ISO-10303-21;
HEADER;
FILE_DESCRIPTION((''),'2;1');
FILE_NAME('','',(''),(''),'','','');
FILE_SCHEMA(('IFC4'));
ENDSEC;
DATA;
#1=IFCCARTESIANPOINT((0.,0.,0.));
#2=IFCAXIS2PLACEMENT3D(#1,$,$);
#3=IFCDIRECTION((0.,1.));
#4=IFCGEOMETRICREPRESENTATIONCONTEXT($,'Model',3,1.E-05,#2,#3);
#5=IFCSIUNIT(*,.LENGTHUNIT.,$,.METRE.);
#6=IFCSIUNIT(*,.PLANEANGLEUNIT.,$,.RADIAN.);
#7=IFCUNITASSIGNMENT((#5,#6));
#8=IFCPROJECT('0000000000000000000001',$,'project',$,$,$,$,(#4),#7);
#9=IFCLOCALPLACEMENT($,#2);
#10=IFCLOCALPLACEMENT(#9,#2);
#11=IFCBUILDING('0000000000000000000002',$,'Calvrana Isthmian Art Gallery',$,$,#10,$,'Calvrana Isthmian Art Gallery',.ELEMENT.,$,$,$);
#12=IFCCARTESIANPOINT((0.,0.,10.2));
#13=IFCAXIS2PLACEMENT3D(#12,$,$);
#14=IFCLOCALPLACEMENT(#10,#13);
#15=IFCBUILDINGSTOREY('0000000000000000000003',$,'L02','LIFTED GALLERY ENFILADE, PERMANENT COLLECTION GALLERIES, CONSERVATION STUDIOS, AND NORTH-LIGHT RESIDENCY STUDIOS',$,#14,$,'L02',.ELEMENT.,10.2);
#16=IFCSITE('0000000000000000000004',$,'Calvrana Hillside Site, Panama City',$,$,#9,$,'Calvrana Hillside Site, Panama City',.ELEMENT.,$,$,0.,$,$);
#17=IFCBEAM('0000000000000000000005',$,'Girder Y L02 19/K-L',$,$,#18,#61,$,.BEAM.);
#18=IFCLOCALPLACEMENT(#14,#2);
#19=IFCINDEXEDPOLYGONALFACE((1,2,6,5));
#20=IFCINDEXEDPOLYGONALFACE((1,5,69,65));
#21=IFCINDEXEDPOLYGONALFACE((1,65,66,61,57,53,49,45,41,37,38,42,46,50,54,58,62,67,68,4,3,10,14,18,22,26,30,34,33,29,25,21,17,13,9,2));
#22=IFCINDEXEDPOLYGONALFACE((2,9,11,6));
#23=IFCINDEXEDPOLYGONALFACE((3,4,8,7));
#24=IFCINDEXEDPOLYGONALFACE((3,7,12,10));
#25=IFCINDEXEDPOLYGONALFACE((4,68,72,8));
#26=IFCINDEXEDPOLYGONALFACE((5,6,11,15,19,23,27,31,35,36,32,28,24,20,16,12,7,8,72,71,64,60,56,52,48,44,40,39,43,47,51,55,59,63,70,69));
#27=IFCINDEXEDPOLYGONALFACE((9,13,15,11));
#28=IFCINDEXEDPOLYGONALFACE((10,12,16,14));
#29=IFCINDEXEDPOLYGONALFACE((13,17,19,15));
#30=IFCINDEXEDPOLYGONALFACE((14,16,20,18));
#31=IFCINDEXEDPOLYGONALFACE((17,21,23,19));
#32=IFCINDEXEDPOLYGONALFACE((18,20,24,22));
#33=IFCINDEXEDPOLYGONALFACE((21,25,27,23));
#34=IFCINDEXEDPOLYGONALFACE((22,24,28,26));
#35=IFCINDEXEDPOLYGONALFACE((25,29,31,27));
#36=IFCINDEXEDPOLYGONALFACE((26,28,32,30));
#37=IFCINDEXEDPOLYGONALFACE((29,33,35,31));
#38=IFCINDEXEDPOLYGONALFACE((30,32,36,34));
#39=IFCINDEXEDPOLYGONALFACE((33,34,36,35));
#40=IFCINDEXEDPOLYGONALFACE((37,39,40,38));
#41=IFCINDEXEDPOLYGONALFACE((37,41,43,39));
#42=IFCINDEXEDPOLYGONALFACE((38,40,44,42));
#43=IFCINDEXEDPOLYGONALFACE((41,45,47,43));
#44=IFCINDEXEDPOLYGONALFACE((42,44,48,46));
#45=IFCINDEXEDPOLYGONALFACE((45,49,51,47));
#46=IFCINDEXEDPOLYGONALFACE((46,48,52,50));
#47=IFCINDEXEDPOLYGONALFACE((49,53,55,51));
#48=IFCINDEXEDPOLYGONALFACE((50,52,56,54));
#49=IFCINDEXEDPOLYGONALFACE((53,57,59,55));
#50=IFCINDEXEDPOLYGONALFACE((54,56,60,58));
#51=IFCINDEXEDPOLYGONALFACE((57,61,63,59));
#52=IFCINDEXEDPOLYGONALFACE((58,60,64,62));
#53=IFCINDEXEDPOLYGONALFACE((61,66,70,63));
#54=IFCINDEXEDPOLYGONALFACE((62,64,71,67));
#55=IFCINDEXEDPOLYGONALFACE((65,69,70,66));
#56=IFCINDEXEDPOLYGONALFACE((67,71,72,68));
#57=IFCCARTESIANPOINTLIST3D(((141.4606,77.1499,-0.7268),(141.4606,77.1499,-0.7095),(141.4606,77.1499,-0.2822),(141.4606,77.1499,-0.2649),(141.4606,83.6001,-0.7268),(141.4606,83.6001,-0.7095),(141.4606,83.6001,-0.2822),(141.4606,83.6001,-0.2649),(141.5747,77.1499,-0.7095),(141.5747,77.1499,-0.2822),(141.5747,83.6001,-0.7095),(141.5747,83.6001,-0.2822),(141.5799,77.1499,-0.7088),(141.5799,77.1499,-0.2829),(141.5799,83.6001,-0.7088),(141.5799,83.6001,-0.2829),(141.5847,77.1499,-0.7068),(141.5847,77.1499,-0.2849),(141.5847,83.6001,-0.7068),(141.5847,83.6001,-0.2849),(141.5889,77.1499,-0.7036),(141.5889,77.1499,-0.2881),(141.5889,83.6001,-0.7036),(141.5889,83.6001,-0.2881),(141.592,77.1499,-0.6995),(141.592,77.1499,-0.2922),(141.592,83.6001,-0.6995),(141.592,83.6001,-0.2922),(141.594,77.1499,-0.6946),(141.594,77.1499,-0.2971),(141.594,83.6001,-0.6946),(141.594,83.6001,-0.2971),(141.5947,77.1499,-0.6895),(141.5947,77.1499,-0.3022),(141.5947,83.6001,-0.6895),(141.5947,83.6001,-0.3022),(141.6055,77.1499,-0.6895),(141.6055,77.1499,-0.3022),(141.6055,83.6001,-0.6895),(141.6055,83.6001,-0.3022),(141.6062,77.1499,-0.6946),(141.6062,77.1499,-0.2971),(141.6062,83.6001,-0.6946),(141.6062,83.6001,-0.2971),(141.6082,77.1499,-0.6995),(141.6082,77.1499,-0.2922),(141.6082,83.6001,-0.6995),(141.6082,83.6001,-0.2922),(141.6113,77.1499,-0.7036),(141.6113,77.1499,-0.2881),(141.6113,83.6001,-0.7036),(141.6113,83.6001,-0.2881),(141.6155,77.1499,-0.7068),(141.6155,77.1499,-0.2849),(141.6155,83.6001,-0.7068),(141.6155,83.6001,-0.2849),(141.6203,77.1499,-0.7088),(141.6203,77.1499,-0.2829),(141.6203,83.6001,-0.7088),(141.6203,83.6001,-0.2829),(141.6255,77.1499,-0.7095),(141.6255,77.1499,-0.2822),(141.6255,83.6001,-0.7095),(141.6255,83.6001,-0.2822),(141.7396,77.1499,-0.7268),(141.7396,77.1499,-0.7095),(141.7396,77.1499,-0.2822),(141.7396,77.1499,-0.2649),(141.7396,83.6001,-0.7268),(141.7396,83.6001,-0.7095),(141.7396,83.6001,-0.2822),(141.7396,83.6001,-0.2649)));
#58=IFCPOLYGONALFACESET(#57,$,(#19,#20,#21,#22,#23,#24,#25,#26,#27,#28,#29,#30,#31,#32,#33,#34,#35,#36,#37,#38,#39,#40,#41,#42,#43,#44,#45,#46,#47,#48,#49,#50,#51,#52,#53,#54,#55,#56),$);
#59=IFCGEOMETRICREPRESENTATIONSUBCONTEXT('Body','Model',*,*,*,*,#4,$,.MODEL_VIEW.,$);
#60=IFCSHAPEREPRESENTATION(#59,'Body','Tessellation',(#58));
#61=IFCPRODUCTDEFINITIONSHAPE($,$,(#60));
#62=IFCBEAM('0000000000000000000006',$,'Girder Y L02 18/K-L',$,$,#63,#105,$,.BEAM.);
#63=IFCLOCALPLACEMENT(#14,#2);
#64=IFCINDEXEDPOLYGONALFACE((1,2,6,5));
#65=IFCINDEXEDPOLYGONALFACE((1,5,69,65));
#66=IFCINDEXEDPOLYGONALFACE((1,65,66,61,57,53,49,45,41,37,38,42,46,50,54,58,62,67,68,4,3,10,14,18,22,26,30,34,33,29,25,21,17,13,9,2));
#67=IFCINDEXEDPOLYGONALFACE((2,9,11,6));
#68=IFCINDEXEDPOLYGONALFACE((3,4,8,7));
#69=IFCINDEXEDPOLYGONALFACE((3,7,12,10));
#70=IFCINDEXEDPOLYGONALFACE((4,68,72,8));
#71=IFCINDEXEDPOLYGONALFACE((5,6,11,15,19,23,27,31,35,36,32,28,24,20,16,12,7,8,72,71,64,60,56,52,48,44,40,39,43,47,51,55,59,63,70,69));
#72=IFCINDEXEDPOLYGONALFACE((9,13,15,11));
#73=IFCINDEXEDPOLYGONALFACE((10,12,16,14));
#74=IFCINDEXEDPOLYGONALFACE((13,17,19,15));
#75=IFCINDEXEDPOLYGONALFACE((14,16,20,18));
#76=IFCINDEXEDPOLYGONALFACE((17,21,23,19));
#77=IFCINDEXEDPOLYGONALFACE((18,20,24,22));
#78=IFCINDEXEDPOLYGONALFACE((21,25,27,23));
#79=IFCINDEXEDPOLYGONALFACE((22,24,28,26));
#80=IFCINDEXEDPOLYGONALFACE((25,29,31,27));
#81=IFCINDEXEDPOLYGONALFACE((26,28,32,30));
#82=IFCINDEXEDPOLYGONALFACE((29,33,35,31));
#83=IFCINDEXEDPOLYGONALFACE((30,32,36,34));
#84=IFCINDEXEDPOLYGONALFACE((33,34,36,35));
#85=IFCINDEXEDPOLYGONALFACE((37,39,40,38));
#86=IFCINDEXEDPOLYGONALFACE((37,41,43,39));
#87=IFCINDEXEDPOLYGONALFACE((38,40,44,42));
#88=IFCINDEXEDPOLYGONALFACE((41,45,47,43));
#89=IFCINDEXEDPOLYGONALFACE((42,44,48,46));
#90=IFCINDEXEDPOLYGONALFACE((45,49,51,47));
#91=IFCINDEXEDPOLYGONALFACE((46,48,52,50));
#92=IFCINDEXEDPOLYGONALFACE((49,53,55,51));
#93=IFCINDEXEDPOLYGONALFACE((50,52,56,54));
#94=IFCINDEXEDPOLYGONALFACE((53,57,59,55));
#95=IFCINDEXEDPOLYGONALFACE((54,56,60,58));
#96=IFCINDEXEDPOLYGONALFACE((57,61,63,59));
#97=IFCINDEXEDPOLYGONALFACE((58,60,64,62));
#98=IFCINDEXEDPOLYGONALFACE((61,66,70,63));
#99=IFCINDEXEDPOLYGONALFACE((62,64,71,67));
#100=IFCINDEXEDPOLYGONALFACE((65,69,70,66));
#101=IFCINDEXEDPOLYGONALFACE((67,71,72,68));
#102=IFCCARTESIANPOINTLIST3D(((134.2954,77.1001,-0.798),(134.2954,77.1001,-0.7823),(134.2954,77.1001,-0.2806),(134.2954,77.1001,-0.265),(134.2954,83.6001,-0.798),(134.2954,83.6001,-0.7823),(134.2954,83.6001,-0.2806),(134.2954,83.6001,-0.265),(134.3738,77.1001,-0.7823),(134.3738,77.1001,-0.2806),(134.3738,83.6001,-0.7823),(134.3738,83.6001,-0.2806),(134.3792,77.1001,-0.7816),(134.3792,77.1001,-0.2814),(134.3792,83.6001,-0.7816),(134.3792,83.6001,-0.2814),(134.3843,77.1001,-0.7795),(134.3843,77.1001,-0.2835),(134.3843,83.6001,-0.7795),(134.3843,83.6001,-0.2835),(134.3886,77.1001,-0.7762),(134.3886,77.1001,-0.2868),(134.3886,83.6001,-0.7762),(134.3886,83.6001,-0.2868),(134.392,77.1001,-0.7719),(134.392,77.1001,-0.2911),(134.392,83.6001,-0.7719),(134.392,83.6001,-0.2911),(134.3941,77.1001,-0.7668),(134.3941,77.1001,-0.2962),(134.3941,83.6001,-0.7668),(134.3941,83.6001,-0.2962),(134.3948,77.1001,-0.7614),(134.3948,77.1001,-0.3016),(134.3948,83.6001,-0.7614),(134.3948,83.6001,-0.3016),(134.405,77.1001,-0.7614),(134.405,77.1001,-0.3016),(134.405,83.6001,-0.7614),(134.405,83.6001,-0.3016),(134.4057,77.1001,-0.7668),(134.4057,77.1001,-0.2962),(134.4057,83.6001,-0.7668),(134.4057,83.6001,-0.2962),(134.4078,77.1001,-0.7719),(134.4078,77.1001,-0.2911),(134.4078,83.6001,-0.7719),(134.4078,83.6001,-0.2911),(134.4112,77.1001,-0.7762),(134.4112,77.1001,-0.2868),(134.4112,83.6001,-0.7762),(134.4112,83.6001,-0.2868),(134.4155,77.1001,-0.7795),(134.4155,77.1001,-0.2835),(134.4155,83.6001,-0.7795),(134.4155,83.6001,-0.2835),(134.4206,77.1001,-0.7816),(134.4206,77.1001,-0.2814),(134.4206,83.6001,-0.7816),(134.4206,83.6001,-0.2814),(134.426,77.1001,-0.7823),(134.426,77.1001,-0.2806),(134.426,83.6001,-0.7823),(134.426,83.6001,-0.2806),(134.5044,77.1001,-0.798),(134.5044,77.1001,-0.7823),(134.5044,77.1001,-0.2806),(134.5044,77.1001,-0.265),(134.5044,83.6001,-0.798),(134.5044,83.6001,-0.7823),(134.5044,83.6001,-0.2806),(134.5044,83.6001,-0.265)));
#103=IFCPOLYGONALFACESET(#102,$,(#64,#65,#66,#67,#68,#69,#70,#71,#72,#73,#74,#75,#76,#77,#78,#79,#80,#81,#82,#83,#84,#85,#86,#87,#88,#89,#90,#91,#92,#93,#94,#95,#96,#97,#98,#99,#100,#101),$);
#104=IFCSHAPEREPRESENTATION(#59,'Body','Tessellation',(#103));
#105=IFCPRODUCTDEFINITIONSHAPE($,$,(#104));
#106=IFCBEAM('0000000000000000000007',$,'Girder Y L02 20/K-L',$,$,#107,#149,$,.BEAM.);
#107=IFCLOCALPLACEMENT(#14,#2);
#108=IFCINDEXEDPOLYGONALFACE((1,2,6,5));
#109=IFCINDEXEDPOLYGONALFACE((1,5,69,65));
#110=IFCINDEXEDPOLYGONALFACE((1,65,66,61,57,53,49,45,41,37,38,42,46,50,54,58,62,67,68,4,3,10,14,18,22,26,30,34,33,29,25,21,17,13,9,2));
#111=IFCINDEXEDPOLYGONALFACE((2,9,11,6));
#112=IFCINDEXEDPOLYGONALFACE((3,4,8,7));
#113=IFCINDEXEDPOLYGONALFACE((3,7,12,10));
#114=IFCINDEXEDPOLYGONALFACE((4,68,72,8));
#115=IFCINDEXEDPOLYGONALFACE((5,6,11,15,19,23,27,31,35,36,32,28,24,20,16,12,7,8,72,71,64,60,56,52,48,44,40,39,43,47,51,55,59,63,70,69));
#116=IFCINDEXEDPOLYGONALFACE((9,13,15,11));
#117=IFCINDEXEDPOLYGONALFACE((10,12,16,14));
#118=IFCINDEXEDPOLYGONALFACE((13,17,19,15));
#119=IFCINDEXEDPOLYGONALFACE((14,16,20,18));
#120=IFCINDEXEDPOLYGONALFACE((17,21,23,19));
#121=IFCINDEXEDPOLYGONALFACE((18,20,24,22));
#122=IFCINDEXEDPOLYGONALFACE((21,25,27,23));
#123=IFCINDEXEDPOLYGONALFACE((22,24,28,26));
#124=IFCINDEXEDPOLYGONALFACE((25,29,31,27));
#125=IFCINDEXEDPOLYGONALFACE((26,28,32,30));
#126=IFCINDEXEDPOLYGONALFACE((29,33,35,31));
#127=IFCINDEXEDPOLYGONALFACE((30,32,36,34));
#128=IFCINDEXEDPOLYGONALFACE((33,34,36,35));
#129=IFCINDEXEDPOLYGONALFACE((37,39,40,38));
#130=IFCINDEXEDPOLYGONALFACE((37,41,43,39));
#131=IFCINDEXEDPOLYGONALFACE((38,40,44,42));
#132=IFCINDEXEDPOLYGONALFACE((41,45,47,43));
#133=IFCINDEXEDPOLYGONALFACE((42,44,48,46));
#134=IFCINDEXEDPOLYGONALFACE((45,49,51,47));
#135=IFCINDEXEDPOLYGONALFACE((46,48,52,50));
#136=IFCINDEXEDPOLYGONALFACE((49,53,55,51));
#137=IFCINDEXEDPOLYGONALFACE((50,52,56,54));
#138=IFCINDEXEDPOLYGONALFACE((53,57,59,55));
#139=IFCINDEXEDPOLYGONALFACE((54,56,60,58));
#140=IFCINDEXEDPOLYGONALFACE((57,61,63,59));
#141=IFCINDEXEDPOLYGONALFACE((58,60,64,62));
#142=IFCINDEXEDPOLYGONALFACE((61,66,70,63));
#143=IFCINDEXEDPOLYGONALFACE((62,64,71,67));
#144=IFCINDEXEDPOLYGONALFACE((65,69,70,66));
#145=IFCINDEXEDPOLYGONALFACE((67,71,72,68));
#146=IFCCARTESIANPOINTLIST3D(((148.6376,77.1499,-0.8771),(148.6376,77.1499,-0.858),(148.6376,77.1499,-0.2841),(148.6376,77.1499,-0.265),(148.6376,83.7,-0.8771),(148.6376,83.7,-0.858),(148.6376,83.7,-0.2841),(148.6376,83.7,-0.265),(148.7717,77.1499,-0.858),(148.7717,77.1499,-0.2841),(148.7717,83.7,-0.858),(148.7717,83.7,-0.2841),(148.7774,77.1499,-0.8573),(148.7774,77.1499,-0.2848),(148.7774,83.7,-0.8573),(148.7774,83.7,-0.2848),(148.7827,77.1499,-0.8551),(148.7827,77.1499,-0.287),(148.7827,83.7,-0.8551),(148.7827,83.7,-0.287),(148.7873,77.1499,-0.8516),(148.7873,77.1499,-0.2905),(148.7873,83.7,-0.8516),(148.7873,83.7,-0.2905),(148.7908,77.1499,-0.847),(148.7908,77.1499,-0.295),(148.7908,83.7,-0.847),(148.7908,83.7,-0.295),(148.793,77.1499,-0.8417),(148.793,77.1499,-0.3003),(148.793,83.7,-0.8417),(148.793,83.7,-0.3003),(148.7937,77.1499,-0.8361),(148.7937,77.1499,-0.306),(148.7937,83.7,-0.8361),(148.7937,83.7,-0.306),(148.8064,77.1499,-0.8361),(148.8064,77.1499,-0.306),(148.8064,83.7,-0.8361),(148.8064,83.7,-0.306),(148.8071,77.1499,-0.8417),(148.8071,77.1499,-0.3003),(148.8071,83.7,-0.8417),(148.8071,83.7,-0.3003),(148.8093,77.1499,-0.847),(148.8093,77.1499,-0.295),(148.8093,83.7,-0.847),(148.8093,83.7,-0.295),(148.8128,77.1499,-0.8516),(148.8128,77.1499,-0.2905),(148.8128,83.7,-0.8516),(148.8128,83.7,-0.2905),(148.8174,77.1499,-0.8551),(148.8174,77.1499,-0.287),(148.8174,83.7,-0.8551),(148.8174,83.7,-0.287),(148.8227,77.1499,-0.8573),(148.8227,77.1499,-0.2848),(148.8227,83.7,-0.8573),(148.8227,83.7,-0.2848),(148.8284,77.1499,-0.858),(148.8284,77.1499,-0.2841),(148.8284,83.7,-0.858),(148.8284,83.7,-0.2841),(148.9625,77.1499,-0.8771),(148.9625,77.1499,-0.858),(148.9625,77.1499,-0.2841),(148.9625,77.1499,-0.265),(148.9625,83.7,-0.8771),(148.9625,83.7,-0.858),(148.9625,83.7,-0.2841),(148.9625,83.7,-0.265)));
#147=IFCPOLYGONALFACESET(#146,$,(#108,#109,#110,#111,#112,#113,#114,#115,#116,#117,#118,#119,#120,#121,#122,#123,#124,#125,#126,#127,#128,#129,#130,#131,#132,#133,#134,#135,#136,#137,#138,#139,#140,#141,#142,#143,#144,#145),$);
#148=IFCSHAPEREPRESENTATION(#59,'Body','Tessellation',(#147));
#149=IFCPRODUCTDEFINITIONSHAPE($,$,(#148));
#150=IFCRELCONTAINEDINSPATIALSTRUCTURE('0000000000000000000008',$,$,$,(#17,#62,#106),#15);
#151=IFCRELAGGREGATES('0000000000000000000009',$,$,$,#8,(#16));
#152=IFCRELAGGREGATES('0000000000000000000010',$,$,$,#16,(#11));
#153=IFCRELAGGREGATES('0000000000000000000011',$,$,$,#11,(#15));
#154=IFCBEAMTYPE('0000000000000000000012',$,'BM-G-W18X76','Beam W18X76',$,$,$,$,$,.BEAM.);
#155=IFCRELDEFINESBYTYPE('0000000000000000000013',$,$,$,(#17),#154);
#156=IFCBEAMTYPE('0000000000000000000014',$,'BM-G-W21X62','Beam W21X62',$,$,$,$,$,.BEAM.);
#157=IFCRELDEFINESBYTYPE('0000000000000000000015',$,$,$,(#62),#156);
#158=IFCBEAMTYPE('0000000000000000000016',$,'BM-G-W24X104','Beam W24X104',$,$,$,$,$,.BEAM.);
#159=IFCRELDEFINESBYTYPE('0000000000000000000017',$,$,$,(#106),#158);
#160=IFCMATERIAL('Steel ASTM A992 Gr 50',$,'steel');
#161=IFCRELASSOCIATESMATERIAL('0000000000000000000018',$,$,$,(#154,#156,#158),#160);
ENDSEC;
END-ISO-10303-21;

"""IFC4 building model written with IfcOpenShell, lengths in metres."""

from ifc_helpers import new_model, si_unit, direction, frame, origin, origin_2d, place, context, subcontext, project, spatial, i_section, extrude, material, material_profile, profile_set, type_object, element, save


model = new_model("IFC4")

# Units and contexts
model_context = context("Model", 3, precision=1e-05, world=origin(), true_north=direction((0.0, 1.0)))
body_context = subcontext(model_context, "Body", "Model", "MODEL_VIEW")
ifc_project = project(units=[si_unit("LENGTHUNIT", "METRE"), si_unit("PLANEANGLEUNIT", "RADIAN")], contexts=[model_context])

# Site, building, storey
site_placement = place(None, origin())
site = spatial("IfcSite", under=ifc_project, at=site_placement, Name="Calvrana Hillside Site, Panama City", LongName="Calvrana Hillside Site, Panama City", CompositionType="ELEMENT", RefElevation=0.0)
building_placement = place(site_placement, origin())
building = spatial("IfcBuilding", under=site, at=building_placement, Name="Calvrana Isthmian Art Gallery", LongName="Calvrana Isthmian Art Gallery", CompositionType="ELEMENT")
storey_placement = place(building_placement, frame((0.0, 0.0, 10.2)))
storey = spatial("IfcBuildingStorey", under=building, at=storey_placement, Name="L02", Description="LIFTED GALLERY ENFILADE, PERMANENT COLLECTION GALLERIES, CONSERVATION STUDIOS, AND NORTH-LIGHT RESIDENCY STUDIOS", LongName="L02", CompositionType="ELEMENT", Elevation=10.2)

# Beams
ifc_material_1 = material(Name="Steel ASTM A992 Gr 50", Category="steel")
ifc_material_profile_1 = material_profile(ifc_material_1, i_section(OverallWidth=0.2791, OverallDepth=0.4619, WebThickness=0.0107, FlangeThickness=0.0173, FilletRadius=0.02, at=origin_2d()), Name="W18X76")
ifc_profile_set_1 = profile_set([ifc_material_profile_1], Name="Steel ASTM A992 Gr 50")
beam_type_1 = type_object("IfcBeamType", Name="BM-G-W18X76", Description="Beam W18X76", PredefinedType="BEAM", material=ifc_profile_set_1)
beam_1_placement = place(storey_placement, frame((141.6001, 77.1499, -0.4958), z_axis=(0.0, 1.0, 0.0), x_axis=(-1.0, 0.0, 0.0)))
element("IfcBeam", 1, at=beam_1_placement, inside=storey, type_object=beam_type_1, Name="Girder Y L02 19/K-L", PredefinedType="BEAM", context=body_context, shape_type="SweptSolid", body=[
    extrude(i_section(OverallWidth=0.2791, OverallDepth=0.4619, WebThickness=0.0107, FlangeThickness=0.0173, FilletRadius=0.02, at=origin_2d()), origin(), (0.0, 0.0, 1.0), 6.4502),
])
ifc_material_profile_2 = material_profile(ifc_material_1, i_section(OverallWidth=0.209, OverallDepth=0.533, WebThickness=0.0103, FlangeThickness=0.0156, FilletRadius=0.021, at=origin_2d()), Name="W21X62")
ifc_profile_set_2 = profile_set([ifc_material_profile_2], Name="Steel ASTM A992 Gr 50")
beam_type_2 = type_object("IfcBeamType", Name="BM-G-W21X62", Description="Beam W21X62", PredefinedType="BEAM", material=ifc_profile_set_2)
beam_2_placement = place(storey_placement, frame((134.3999, 77.1001, -0.5315), z_axis=(0.0, 1.0, 0.0), x_axis=(-1.0, 0.0, 0.0)))
element("IfcBeam", 2, at=beam_2_placement, inside=storey, type_object=beam_type_2, Name="Girder Y L02 18/K-L", PredefinedType="BEAM", context=body_context, shape_type="SweptSolid", body=[
    extrude(i_section(OverallWidth=0.209, OverallDepth=0.533, WebThickness=0.0103, FlangeThickness=0.0156, FilletRadius=0.021, at=origin_2d()), origin(), (0.0, 0.0, 1.0), 6.5),
])
ifc_material_profile_3 = material_profile(ifc_material_1, i_section(OverallWidth=0.325, OverallDepth=0.6121, WebThickness=0.0127, FlangeThickness=0.019, FilletRadius=0.022, at=origin_2d()), Name="W24X104")
ifc_profile_set_3 = profile_set([ifc_material_profile_3], Name="Steel ASTM A992 Gr 50")
beam_type_3 = type_object("IfcBeamType", Name="BM-G-W24X104", Description="Beam W24X104", PredefinedType="BEAM", material=ifc_profile_set_3)
beam_3_placement = place(storey_placement, frame((148.8, 77.1499, -0.571), z_axis=(0.0, 1.0, 0.0), x_axis=(-1.0, 0.0, 0.0)))
element("IfcBeam", 3, at=beam_3_placement, inside=storey, type_object=beam_type_3, Name="Girder Y L02 20/K-L", PredefinedType="BEAM", context=body_context, shape_type="SweptSolid", body=[
    extrude(i_section(OverallWidth=0.325, OverallDepth=0.6121, WebThickness=0.0127, FlangeThickness=0.019, FilletRadius=0.022, at=origin_2d()), origin(), (0.0, 0.0, 1.0), 6.55),
])

save(model, "model.ifc")
